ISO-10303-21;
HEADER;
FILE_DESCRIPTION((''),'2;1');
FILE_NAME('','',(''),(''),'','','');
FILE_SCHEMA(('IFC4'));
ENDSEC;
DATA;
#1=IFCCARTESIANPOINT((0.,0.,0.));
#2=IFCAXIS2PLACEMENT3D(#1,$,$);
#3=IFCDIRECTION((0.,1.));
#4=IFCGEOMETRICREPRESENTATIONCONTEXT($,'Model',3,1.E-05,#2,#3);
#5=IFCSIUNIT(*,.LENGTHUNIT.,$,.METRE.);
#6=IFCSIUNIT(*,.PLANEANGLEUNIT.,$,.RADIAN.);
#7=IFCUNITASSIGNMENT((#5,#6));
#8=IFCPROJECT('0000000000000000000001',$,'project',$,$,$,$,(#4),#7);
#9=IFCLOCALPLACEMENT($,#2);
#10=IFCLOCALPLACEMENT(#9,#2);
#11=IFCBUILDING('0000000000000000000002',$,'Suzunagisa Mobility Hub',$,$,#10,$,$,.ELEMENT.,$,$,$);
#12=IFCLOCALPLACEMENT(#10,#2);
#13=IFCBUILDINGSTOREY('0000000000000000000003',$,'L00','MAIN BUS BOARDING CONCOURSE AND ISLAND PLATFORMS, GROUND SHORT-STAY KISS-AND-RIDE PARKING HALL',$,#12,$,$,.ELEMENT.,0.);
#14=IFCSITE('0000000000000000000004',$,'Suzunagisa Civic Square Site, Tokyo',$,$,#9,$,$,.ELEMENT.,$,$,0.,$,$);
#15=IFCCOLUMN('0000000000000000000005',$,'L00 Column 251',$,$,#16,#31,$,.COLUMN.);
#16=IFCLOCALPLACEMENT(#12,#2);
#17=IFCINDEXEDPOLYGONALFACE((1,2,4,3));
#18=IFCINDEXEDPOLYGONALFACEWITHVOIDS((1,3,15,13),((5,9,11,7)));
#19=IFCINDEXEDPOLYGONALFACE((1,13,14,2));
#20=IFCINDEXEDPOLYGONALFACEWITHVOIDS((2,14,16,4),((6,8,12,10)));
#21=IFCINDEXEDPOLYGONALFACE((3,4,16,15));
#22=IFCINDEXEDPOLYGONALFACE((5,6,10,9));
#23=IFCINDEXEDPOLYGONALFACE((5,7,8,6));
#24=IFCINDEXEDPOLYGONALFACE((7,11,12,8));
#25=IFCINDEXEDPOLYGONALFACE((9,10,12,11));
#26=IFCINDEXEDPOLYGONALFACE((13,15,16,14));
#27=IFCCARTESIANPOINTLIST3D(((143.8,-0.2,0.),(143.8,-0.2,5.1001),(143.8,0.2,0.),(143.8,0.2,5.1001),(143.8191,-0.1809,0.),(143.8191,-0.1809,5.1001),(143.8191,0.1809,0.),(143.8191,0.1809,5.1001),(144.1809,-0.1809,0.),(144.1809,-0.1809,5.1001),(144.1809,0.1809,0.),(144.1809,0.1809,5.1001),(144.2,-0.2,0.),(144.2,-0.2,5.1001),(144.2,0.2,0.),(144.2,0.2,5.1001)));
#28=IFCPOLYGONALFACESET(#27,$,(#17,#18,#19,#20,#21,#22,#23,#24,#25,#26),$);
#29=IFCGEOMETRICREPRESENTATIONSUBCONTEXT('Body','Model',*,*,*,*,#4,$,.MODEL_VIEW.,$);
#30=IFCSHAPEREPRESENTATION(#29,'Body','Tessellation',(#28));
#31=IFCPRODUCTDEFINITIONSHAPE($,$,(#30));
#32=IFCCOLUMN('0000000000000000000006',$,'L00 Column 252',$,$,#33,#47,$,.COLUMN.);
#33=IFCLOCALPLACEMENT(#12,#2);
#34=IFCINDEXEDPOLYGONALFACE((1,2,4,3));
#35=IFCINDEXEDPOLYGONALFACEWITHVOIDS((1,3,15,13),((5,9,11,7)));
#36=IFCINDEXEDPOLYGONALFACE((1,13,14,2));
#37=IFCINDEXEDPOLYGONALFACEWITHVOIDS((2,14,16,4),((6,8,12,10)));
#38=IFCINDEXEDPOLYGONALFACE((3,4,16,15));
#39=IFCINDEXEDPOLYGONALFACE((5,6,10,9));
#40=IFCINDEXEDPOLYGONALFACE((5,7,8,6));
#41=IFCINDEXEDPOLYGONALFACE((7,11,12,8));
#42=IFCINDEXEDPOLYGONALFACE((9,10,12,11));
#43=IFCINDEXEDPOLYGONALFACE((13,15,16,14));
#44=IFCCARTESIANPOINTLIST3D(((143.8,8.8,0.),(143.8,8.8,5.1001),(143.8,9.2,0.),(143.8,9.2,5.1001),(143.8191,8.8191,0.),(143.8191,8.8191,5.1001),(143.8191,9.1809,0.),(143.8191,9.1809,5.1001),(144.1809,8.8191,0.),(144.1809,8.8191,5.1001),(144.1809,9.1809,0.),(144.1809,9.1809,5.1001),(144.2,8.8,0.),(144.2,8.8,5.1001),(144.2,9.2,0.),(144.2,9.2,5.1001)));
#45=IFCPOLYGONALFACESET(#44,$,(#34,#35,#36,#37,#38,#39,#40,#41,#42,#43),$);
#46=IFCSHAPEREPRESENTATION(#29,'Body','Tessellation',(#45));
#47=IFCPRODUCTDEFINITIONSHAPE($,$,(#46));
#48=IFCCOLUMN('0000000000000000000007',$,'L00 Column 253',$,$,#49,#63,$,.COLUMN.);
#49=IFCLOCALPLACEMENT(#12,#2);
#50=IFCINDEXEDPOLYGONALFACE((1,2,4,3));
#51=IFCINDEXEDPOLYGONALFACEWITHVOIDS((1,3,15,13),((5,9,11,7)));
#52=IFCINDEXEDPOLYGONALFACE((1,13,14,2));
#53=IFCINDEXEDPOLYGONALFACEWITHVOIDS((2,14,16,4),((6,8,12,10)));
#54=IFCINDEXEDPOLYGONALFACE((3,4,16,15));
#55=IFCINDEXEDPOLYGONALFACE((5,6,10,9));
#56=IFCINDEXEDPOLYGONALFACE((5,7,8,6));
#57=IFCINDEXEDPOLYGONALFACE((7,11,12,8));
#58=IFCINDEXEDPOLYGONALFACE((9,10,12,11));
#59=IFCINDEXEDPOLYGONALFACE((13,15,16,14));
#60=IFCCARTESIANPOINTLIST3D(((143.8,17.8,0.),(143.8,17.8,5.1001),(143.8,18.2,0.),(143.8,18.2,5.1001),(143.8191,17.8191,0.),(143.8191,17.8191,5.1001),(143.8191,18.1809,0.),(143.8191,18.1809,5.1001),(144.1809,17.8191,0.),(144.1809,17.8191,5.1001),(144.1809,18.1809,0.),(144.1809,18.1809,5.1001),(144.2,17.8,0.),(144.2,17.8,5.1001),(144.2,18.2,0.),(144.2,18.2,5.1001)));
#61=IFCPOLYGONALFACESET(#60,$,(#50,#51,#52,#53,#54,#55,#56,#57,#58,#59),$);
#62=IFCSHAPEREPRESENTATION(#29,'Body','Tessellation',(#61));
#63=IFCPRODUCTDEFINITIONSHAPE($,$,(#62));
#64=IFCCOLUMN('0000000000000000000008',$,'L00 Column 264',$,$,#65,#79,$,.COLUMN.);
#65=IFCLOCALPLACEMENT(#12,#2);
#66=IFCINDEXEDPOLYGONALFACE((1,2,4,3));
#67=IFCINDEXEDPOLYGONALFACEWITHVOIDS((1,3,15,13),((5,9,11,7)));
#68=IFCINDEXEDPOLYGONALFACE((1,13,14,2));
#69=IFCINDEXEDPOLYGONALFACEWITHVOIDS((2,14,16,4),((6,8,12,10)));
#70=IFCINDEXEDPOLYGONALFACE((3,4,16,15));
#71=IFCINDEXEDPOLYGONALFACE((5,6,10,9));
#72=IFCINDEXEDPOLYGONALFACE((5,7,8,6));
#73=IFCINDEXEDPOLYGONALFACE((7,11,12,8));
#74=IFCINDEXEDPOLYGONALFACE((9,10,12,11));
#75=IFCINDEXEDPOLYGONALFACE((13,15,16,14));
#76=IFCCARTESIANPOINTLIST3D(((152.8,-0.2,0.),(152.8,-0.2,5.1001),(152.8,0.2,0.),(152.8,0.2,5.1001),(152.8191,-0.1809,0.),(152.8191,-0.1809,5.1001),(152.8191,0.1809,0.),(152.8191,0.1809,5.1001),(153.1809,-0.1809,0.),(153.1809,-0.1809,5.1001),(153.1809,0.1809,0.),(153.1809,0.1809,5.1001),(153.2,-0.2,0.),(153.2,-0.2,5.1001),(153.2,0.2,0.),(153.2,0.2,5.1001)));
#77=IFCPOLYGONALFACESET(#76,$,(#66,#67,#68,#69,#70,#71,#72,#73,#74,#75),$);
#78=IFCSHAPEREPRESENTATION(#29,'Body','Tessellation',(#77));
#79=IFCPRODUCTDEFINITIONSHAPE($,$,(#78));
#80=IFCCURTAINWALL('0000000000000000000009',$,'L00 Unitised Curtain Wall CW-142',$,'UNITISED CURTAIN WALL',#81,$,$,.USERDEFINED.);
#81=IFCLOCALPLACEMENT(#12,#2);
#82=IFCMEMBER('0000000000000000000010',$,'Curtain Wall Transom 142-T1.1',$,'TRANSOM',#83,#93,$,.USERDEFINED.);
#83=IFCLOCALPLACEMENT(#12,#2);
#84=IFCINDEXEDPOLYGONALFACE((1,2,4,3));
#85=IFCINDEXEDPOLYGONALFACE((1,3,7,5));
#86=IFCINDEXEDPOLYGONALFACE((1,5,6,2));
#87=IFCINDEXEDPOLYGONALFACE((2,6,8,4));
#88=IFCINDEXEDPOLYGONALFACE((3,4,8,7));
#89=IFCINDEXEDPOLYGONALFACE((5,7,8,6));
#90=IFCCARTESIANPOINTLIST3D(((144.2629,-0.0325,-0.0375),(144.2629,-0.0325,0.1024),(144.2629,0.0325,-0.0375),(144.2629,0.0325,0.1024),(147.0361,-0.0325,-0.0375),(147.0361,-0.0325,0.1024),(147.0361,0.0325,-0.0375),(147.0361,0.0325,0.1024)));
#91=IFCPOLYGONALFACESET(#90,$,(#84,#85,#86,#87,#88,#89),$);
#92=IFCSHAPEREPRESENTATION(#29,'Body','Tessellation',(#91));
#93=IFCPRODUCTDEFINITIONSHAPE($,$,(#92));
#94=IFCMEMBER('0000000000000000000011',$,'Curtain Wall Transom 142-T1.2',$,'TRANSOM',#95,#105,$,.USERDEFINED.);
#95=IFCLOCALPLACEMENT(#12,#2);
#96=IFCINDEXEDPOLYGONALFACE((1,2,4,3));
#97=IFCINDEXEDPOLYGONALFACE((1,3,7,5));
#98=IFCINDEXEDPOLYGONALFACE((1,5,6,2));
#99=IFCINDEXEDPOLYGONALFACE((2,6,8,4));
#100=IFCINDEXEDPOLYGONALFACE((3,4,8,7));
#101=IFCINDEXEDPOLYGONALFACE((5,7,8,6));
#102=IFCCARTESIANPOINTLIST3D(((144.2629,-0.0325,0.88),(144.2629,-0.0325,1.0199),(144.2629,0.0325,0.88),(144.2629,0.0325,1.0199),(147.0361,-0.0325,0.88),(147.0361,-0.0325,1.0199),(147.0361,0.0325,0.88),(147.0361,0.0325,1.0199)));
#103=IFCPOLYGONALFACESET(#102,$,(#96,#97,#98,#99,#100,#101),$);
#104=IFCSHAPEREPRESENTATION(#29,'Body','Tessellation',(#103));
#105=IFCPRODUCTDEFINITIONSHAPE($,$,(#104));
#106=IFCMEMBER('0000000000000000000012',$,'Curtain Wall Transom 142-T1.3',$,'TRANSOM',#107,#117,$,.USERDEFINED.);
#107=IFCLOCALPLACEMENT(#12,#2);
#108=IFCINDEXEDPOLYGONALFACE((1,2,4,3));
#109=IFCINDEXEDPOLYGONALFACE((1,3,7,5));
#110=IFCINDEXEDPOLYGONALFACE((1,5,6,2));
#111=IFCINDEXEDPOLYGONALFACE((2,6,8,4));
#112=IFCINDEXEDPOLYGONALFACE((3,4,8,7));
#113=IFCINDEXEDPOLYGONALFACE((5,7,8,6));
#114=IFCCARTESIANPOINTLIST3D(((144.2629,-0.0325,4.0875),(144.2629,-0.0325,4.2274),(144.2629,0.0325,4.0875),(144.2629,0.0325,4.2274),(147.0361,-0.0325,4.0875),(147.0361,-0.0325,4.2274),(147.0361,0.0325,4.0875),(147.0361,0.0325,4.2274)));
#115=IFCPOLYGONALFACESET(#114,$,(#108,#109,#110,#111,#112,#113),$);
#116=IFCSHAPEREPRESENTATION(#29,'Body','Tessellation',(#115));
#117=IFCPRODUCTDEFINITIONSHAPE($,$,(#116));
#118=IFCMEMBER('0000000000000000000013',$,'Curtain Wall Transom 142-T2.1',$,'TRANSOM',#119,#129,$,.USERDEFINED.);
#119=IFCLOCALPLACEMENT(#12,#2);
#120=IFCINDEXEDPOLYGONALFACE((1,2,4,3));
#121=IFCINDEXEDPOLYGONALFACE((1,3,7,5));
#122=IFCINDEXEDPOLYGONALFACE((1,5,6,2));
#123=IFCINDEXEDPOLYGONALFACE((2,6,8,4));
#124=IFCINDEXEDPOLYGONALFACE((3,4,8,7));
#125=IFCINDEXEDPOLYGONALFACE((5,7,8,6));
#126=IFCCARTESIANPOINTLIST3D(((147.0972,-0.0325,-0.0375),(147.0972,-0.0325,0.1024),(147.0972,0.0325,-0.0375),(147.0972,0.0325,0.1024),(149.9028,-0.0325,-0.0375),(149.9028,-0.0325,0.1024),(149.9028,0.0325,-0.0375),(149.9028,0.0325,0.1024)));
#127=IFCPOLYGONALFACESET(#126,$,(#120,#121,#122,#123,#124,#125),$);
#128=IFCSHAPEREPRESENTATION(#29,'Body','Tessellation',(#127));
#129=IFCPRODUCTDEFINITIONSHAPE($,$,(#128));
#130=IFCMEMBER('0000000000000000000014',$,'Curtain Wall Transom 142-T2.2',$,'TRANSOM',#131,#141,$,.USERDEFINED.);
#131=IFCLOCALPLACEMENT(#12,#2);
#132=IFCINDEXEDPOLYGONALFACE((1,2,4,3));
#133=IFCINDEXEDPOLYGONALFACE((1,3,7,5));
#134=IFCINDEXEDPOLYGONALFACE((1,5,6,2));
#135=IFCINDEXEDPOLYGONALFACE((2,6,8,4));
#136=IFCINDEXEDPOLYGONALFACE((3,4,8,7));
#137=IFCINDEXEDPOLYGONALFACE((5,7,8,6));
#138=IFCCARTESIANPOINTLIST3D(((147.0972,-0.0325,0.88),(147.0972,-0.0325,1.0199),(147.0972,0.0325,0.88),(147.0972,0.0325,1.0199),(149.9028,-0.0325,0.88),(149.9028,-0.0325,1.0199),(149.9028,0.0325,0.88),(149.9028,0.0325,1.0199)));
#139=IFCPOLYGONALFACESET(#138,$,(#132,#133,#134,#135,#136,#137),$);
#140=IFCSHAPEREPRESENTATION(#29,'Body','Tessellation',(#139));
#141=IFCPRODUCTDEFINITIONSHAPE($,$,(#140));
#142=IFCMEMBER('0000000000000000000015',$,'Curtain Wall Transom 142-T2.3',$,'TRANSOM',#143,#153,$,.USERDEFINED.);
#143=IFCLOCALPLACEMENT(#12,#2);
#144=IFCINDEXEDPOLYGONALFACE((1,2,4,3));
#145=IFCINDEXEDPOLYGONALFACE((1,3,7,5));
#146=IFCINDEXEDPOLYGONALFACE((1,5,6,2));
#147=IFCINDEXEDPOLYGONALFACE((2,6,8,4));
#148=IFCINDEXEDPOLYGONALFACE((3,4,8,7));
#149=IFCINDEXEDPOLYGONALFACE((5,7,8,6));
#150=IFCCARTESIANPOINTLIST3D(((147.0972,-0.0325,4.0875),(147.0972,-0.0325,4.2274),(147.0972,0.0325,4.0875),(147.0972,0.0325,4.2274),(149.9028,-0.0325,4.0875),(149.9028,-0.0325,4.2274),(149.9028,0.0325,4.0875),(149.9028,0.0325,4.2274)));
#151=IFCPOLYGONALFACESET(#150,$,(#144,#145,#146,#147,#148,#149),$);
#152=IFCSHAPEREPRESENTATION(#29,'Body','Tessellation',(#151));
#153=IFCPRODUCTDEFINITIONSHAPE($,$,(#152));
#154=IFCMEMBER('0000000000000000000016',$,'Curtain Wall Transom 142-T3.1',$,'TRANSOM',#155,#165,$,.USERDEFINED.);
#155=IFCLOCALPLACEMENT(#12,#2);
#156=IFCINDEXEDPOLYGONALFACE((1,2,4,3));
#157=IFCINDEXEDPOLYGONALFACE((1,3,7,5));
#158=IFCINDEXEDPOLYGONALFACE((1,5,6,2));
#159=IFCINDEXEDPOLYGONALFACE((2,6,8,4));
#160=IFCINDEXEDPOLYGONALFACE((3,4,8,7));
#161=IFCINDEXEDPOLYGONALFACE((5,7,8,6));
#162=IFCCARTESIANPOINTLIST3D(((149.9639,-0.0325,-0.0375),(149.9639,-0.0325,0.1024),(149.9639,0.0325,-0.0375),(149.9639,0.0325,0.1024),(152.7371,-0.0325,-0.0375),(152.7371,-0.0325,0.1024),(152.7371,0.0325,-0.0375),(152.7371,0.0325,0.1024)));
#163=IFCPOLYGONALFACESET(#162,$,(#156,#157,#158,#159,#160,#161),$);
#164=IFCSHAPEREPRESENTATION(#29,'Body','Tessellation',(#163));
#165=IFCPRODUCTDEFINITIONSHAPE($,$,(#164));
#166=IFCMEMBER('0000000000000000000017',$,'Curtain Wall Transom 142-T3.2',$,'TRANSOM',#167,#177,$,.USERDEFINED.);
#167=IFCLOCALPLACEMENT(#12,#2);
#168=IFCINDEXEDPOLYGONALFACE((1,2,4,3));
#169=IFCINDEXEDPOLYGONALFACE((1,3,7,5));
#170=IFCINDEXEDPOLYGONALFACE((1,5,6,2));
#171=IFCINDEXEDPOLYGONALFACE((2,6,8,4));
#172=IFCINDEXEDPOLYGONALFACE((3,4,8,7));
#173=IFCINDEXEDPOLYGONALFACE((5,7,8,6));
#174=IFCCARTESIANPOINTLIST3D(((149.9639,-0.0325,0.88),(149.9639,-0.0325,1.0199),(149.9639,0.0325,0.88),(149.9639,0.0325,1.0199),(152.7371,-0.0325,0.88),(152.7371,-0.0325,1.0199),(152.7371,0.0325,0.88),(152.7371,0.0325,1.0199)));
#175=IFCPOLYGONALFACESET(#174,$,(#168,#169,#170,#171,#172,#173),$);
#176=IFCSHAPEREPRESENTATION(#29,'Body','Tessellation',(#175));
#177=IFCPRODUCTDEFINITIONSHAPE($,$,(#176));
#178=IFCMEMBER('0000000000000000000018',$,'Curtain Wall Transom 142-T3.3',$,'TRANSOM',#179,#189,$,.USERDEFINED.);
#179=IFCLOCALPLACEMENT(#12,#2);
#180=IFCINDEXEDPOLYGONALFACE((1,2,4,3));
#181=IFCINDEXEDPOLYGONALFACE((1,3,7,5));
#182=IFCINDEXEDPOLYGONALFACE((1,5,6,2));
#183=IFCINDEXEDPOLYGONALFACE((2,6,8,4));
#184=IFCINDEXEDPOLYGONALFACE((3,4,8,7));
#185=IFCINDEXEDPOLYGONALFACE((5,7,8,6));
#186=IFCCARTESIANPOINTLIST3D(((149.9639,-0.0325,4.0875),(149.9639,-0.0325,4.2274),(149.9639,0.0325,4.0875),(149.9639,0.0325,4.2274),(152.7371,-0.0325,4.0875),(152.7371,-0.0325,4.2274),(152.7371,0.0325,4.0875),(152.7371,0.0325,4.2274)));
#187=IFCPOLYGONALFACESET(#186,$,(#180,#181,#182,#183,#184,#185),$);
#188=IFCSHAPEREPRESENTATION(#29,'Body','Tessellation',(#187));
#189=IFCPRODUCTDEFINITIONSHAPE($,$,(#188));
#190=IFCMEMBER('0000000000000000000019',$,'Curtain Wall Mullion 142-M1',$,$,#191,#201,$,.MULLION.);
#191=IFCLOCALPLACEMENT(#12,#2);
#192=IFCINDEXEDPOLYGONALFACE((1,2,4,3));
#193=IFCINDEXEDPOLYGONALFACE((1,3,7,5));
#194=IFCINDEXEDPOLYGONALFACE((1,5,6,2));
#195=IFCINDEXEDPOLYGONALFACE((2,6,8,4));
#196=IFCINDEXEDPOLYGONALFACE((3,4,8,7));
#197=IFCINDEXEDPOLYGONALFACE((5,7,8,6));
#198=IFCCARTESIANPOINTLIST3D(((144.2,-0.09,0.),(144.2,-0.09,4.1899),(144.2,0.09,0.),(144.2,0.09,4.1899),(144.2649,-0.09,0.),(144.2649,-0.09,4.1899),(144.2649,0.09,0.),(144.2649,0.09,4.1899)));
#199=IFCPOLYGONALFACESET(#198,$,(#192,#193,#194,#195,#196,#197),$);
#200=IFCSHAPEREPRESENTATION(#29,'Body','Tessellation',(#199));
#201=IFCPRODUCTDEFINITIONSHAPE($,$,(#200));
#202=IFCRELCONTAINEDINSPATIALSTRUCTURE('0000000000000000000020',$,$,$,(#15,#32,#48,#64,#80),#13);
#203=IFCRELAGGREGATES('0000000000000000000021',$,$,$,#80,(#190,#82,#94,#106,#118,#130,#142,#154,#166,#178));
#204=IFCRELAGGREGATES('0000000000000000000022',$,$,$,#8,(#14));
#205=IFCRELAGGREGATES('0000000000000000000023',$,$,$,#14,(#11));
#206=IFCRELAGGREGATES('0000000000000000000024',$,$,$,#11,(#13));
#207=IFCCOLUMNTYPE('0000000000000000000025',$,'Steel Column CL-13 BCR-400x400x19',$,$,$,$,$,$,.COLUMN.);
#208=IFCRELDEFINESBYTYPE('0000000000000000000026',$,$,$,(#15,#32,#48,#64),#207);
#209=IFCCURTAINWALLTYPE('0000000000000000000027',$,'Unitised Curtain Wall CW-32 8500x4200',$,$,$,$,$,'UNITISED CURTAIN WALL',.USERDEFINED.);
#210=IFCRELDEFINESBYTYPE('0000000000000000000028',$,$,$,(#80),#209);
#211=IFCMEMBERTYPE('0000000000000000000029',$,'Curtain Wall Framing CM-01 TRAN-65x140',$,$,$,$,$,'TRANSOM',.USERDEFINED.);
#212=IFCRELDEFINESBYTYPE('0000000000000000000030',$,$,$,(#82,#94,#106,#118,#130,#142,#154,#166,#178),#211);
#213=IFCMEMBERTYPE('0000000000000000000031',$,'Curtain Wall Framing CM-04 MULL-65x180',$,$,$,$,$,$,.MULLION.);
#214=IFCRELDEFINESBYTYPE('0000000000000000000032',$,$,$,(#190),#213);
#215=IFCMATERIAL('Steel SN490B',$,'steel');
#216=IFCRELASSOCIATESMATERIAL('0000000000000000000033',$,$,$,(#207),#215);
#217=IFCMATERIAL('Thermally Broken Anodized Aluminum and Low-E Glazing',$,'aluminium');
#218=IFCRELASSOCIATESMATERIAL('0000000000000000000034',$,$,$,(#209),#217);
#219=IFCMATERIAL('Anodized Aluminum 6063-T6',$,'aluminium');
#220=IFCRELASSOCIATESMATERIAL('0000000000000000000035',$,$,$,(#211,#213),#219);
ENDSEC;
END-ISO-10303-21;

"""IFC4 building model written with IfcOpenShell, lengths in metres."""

from ifc_helpers import new_model, si_unit, direction, frame, origin, origin_2d, place, context, subcontext, project, spatial, rectangle, hollow_rectangle, extrude, material, material_profile, profile_set, type_object, element, aggregate, save


model = new_model("IFC4")

# Units and contexts
model_context = context("Model", 3, precision=1e-05, world=origin(), true_north=direction((0.0, 1.0)))
body_context = subcontext(model_context, "Body", "Model", "MODEL_VIEW")
ifc_project = project(units=[si_unit("LENGTHUNIT", "METRE"), si_unit("PLANEANGLEUNIT", "RADIAN")], contexts=[model_context])

# Site, building, storey
site_placement = place(None, origin())
site = spatial("IfcSite", under=ifc_project, at=site_placement, Name="Suzunagisa Civic Square Site, Tokyo", CompositionType="ELEMENT", RefElevation=0.0)
building_placement = place(site_placement, origin())
building = spatial("IfcBuilding", under=site, at=building_placement, Name="Suzunagisa Mobility Hub", CompositionType="ELEMENT")
storey_placement = place(building_placement, origin())
storey = spatial("IfcBuildingStorey", under=building, at=storey_placement, Name="L00", Description="MAIN BUS BOARDING CONCOURSE AND ISLAND PLATFORMS, GROUND SHORT-STAY KISS-AND-RIDE PARKING HALL", CompositionType="ELEMENT", Elevation=0.0)

# Columns
ifc_material_1 = material(Name="Steel SN490B", Category="steel")
ifc_material_profile_1 = material_profile(ifc_material_1, hollow_rectangle(XDim=0.3999, YDim=0.3999, WallThickness=0.019, at=origin_2d()), Name="BCR-400x400x19")
ifc_profile_set_1 = profile_set([ifc_material_profile_1], Name="Steel SN490B")
column_type = type_object("IfcColumnType", Name="Steel Column CL-13 BCR-400x400x19", PredefinedType="COLUMN", material=ifc_profile_set_1)
for number, where, z_axis, x_axis, name in (
    (1, (144.0, 0.0, 0.0), (0.0, 0.0, 1.0), (1.0, 0.0, 0.0), "L00 Column 251"),
    (2, (144.0, 9.0, 0.0), (0.0, 0.0, 1.0), (1.0, 0.0, 0.0), "L00 Column 252"),
    (3, (144.0, 18.0, 0.0), (0.0, 0.0, 1.0), (1.0, 0.0, 0.0), "L00 Column 253"),
    (4, (153.0, 0.0, 0.0), (0.0, 0.0, 1.0), (1.0, 0.0, 0.0), "L00 Column 264"),
):
    element("IfcColumn", number, at=place(storey_placement, frame(where, z_axis=z_axis, x_axis=x_axis)), inside=storey, type_object=column_type, Name=name, PredefinedType="COLUMN", context=body_context, shape_type="SweptSolid", body=[
        extrude(hollow_rectangle(XDim=0.3999, YDim=0.3999, WallThickness=0.019, at=origin_2d()), origin(), (0.0, 0.0, 1.0), 5.1001),
    ])

# Curtain wall, members
ifc_material_2 = material(Name="Thermally Broken Anodized Aluminum and Low-E Glazing", Category="aluminium")
curtain_wall_type = type_object("IfcCurtainWallType", Name="Unitised Curtain Wall CW-32 8500x4200", ElementType="UNITISED CURTAIN WALL", PredefinedType="USERDEFINED", material=ifc_material_2)
curtain_wall_placement = place(storey_placement, origin())
curtain_wall = element("IfcCurtainWall", 5, at=curtain_wall_placement, inside=storey, type_object=curtain_wall_type, Name="L00 Unitised Curtain Wall CW-142", ObjectType="UNITISED CURTAIN WALL", PredefinedType="USERDEFINED")
ifc_material_3 = material(Name="Anodized Aluminum 6063-T6", Category="aluminium")
ifc_material_profile_2 = material_profile(ifc_material_3, rectangle(XDim=0.0649, YDim=0.1399, at=origin_2d()), Name="TRAN-65x140")
ifc_profile_set_2 = profile_set([ifc_material_profile_2], Name="Anodized Aluminum 6063-T6")
member_type_1 = type_object("IfcMemberType", Name="Curtain Wall Framing CM-01 TRAN-65x140", ElementType="TRANSOM", PredefinedType="USERDEFINED", material=ifc_profile_set_2)
member_1_placement = place(storey_placement, frame((144.2629, 0.0, 0.0325), z_axis=(1.0, 0.0, 0.0), x_axis=(0.0, 1.0, 0.0)))
member_1 = element("IfcMember", 6, at=member_1_placement, type_object=member_type_1, Name="Curtain Wall Transom 142-T1.1", ObjectType="TRANSOM", PredefinedType="USERDEFINED", context=body_context, shape_type="SweptSolid", body=[
    extrude(rectangle(XDim=0.0649, YDim=0.1399, at=origin_2d()), origin(), (0.0, 0.0, 1.0), 2.7732),
])
member_2_placement = place(storey_placement, frame((144.2629, 0.0, 0.95), z_axis=(1.0, 0.0, 0.0), x_axis=(0.0, 1.0, 0.0)))
member_2 = element("IfcMember", 7, at=member_2_placement, type_object=member_type_1, Name="Curtain Wall Transom 142-T1.2", ObjectType="TRANSOM", PredefinedType="USERDEFINED", context=body_context, shape_type="SweptSolid", body=[
    extrude(rectangle(XDim=0.0649, YDim=0.1399, at=origin_2d()), origin(), (0.0, 0.0, 1.0), 2.7732),
])
member_3_placement = place(storey_placement, frame((144.2629, 0.0, 4.1575), z_axis=(1.0, 0.0, 0.0), x_axis=(0.0, 1.0, 0.0)))
member_3 = element("IfcMember", 8, at=member_3_placement, type_object=member_type_1, Name="Curtain Wall Transom 142-T1.3", ObjectType="TRANSOM", PredefinedType="USERDEFINED", context=body_context, shape_type="SweptSolid", body=[
    extrude(rectangle(XDim=0.0649, YDim=0.1399, at=origin_2d()), origin(), (0.0, 0.0, 1.0), 2.7732),
])
member_4_placement = place(storey_placement, frame((147.0972, 0.0, 0.0325), z_axis=(1.0, 0.0, 0.0), x_axis=(0.0, 1.0, 0.0)))
member_4 = element("IfcMember", 9, at=member_4_placement, type_object=member_type_1, Name="Curtain Wall Transom 142-T2.1", ObjectType="TRANSOM", PredefinedType="USERDEFINED", context=body_context, shape_type="SweptSolid", body=[
    extrude(rectangle(XDim=0.0649, YDim=0.1399, at=origin_2d()), origin(), (0.0, 0.0, 1.0), 2.8057),
])
member_5_placement = place(storey_placement, frame((147.0972, 0.0, 0.95), z_axis=(1.0, 0.0, 0.0), x_axis=(0.0, 1.0, 0.0)))
member_5 = element("IfcMember", 10, at=member_5_placement, type_object=member_type_1, Name="Curtain Wall Transom 142-T2.2", ObjectType="TRANSOM", PredefinedType="USERDEFINED", context=body_context, shape_type="SweptSolid", body=[
    extrude(rectangle(XDim=0.0649, YDim=0.1399, at=origin_2d()), origin(), (0.0, 0.0, 1.0), 2.8057),
])
member_6_placement = place(storey_placement, frame((147.0972, 0.0, 4.1575), z_axis=(1.0, 0.0, 0.0), x_axis=(0.0, 1.0, 0.0)))
member_6 = element("IfcMember", 11, at=member_6_placement, type_object=member_type_1, Name="Curtain Wall Transom 142-T2.3", ObjectType="TRANSOM", PredefinedType="USERDEFINED", context=body_context, shape_type="SweptSolid", body=[
    extrude(rectangle(XDim=0.0649, YDim=0.1399, at=origin_2d()), origin(), (0.0, 0.0, 1.0), 2.8057),
])
member_7_placement = place(storey_placement, frame((149.9639, 0.0, 0.0325), z_axis=(1.0, 0.0, 0.0), x_axis=(0.0, 1.0, 0.0)))
member_7 = element("IfcMember", 12, at=member_7_placement, type_object=member_type_1, Name="Curtain Wall Transom 142-T3.1", ObjectType="TRANSOM", PredefinedType="USERDEFINED", context=body_context, shape_type="SweptSolid", body=[
    extrude(rectangle(XDim=0.0649, YDim=0.1399, at=origin_2d()), origin(), (0.0, 0.0, 1.0), 2.7732),
])
member_8_placement = place(storey_placement, frame((149.9639, 0.0, 0.95), z_axis=(1.0, 0.0, 0.0), x_axis=(0.0, 1.0, 0.0)))
member_8 = element("IfcMember", 13, at=member_8_placement, type_object=member_type_1, Name="Curtain Wall Transom 142-T3.2", ObjectType="TRANSOM", PredefinedType="USERDEFINED", context=body_context, shape_type="SweptSolid", body=[
    extrude(rectangle(XDim=0.0649, YDim=0.1399, at=origin_2d()), origin(), (0.0, 0.0, 1.0), 2.7732),
])
member_9_placement = place(storey_placement, frame((149.9639, 0.0, 4.1575), z_axis=(1.0, 0.0, 0.0), x_axis=(0.0, 1.0, 0.0)))
member_9 = element("IfcMember", 14, at=member_9_placement, type_object=member_type_1, Name="Curtain Wall Transom 142-T3.3", ObjectType="TRANSOM", PredefinedType="USERDEFINED", context=body_context, shape_type="SweptSolid", body=[
    extrude(rectangle(XDim=0.0649, YDim=0.1399, at=origin_2d()), origin(), (0.0, 0.0, 1.0), 2.7732),
])
ifc_material_profile_3 = material_profile(ifc_material_3, rectangle(XDim=0.0649, YDim=0.1799, at=origin_2d()), Name="MULL-65x180")
ifc_profile_set_3 = profile_set([ifc_material_profile_3], Name="Anodized Aluminum 6063-T6")
member_type_2 = type_object("IfcMemberType", Name="Curtain Wall Framing CM-04 MULL-65x180", PredefinedType="MULLION", material=ifc_profile_set_3)
member_10_placement = place(storey_placement, frame((144.2324, 0.0, 0.0), z_axis=(0.0, 0.0, 1.0), x_axis=(1.0, 0.0, 0.0)))
member_10 = element("IfcMember", 15, at=member_10_placement, type_object=member_type_2, Name="Curtain Wall Mullion 142-M1", PredefinedType="MULLION", context=body_context, shape_type="SweptSolid", body=[
    extrude(rectangle(XDim=0.0649, YDim=0.1799, at=origin_2d()), origin(), (0.0, 0.0, 1.0), 4.1899),
])

aggregate(curtain_wall, [member_10, member_1, member_2, member_3, member_4, member_5, member_6, member_7, member_8, member_9])

save(model, "model.ifc")
